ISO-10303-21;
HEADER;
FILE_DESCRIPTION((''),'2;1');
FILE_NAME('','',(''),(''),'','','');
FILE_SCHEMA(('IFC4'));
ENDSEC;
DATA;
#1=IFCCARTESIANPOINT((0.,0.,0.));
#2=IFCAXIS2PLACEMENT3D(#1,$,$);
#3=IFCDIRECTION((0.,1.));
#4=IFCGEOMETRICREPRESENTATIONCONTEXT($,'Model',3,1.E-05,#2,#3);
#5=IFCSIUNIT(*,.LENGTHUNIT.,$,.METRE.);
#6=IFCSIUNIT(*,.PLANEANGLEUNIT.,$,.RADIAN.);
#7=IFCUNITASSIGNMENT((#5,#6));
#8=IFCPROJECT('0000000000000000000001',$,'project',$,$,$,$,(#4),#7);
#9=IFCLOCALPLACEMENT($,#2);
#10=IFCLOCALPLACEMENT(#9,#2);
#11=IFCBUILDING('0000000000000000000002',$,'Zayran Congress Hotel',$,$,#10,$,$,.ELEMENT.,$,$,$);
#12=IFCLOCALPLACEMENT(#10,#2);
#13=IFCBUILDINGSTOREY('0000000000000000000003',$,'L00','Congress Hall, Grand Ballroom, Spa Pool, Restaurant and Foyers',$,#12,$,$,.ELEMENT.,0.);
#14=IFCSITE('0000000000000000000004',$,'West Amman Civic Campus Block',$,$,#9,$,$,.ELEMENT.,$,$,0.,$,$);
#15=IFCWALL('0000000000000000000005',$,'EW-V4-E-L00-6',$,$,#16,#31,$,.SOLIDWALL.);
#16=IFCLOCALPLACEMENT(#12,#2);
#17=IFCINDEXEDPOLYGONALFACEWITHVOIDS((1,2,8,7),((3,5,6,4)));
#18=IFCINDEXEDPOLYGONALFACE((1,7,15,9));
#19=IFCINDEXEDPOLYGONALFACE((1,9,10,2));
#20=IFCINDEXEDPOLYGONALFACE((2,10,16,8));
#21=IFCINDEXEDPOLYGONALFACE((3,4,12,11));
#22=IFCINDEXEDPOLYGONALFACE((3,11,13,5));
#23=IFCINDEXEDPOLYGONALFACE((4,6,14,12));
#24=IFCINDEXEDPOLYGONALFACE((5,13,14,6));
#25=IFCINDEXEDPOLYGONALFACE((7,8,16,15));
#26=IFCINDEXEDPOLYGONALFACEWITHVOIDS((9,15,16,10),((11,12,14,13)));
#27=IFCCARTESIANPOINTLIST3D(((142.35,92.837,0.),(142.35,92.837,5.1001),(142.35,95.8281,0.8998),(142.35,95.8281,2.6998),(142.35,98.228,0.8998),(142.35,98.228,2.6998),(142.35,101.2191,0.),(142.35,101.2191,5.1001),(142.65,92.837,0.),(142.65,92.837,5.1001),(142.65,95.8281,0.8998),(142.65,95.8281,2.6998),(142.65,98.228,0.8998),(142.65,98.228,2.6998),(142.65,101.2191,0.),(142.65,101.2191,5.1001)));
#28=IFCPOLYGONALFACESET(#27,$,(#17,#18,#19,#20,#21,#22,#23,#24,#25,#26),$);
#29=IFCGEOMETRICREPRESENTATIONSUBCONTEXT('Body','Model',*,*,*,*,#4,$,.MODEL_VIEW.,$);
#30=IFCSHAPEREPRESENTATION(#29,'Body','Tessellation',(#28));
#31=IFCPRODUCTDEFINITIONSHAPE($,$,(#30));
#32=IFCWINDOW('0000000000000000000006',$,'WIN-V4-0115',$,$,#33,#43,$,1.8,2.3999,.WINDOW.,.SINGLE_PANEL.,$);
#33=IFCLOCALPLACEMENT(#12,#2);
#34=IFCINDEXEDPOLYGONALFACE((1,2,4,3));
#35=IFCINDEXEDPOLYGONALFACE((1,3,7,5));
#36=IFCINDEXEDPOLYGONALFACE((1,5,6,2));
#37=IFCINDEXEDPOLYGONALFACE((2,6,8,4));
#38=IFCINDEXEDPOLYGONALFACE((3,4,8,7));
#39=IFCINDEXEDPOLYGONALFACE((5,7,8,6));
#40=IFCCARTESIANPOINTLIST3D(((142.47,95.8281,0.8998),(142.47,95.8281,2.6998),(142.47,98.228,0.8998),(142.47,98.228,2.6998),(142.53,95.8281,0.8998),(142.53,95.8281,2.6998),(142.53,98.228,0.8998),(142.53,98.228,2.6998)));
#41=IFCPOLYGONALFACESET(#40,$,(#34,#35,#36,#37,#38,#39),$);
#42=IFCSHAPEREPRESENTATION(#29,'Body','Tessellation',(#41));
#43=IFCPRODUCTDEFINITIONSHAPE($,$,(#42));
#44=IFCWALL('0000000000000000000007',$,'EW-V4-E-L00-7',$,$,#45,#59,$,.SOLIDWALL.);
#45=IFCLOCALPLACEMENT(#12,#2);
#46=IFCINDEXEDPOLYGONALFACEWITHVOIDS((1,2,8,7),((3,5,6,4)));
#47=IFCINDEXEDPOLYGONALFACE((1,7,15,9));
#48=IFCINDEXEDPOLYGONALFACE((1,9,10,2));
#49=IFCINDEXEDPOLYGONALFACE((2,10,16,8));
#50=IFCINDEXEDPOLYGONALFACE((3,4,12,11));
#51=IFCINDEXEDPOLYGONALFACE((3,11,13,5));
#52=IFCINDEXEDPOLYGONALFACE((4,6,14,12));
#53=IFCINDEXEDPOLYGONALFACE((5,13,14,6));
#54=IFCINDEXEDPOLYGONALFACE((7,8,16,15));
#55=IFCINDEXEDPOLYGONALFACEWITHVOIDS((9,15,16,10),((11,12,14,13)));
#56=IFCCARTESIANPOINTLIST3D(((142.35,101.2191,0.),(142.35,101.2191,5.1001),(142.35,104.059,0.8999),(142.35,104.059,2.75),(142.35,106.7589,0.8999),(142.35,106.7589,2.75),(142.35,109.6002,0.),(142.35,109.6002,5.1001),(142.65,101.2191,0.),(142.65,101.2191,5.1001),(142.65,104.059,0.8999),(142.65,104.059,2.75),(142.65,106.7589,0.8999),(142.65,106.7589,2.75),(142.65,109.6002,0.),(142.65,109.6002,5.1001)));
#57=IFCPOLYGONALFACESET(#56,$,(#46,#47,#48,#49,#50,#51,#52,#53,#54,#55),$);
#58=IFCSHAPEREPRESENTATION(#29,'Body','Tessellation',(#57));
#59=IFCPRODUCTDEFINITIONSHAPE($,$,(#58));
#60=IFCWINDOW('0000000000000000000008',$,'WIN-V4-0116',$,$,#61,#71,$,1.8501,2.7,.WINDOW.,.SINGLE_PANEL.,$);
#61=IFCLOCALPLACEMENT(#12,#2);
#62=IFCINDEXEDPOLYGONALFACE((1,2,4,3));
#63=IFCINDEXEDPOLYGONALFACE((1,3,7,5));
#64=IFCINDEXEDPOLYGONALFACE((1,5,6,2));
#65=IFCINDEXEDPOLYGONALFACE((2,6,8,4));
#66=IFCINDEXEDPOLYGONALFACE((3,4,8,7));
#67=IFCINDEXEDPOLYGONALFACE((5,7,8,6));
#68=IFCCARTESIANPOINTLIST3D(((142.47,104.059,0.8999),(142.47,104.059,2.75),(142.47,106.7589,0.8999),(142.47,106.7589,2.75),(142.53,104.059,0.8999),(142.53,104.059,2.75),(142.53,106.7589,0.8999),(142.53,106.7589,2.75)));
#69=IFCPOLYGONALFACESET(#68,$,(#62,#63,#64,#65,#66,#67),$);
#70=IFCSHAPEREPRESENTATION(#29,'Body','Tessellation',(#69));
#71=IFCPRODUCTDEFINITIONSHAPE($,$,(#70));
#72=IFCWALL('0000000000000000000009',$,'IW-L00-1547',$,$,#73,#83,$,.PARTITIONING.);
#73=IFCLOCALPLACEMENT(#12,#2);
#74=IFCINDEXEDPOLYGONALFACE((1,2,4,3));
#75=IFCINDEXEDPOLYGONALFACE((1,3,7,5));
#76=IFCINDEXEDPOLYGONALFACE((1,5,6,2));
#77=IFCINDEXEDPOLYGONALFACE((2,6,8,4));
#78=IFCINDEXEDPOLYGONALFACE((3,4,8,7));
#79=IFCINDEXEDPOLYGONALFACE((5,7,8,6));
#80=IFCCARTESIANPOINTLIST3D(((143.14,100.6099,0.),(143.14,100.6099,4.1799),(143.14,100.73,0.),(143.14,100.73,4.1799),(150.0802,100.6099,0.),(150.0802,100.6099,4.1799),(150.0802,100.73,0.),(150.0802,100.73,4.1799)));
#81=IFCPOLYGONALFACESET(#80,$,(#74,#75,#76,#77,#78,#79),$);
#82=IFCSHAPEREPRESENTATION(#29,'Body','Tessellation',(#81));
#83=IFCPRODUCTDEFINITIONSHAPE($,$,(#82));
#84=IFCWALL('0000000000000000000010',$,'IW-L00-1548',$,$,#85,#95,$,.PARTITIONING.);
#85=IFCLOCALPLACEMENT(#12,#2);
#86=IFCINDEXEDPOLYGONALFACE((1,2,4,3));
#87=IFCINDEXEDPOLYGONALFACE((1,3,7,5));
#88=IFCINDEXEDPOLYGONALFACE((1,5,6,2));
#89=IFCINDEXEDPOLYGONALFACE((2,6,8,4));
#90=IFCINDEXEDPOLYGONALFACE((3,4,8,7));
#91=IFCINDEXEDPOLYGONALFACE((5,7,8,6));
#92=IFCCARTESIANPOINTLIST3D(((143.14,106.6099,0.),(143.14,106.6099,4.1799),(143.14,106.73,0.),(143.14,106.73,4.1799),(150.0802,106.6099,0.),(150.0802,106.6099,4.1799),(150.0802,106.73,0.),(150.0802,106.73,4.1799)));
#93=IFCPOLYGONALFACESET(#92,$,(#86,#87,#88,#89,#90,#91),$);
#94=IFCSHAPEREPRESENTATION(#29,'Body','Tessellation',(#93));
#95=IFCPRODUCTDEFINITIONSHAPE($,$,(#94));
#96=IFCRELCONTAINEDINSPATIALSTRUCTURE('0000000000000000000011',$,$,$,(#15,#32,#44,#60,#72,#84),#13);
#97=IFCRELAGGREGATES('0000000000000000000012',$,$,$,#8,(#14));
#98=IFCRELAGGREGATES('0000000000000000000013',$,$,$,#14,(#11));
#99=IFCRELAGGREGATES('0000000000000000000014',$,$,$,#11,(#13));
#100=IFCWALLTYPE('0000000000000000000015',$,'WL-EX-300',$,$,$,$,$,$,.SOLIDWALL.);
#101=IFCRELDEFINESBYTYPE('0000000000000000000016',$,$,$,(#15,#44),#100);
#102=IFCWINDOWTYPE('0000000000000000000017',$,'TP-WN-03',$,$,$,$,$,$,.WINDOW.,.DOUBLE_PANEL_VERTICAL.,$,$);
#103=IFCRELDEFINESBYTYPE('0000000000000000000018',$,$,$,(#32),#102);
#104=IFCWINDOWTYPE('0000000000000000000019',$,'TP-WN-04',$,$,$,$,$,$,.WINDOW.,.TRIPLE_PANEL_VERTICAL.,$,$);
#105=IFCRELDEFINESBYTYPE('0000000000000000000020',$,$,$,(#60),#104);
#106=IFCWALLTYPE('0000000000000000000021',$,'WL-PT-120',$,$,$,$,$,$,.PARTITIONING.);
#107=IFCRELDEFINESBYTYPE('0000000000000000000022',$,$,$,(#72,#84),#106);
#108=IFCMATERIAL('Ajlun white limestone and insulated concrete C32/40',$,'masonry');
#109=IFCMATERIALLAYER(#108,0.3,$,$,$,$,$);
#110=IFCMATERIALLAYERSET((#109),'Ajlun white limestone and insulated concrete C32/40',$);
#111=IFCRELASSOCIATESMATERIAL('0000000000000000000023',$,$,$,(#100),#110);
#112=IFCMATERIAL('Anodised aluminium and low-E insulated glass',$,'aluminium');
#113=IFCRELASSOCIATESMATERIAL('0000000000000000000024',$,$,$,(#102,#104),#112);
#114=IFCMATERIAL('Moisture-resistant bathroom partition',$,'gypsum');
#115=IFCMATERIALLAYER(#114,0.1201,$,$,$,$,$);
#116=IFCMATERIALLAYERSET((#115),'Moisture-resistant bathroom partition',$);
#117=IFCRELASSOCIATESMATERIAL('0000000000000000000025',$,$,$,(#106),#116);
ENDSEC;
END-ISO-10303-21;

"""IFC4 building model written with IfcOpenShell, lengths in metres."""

from ifc_helpers import new_model, si_unit, direction, frame, frame_2d, origin, place, context, subcontext, project, spatial, rectangle, extrude, material, layer, layer_set, type_object, element, fill, save


model = new_model("IFC4")

# Units and contexts
model_context = context("Model", 3, precision=1e-05, world=origin(), true_north=direction((0.0, 1.0)))
body_context = subcontext(model_context, "Body", "Model", "MODEL_VIEW")
ifc_project = project(units=[si_unit("LENGTHUNIT", "METRE"), si_unit("PLANEANGLEUNIT", "RADIAN")], contexts=[model_context])

# Site, building, storey
site_placement = place(None, origin())
site = spatial("IfcSite", under=ifc_project, at=site_placement, Name="West Amman Civic Campus Block", CompositionType="ELEMENT", RefElevation=0.0)
building_placement = place(site_placement, origin())
building = spatial("IfcBuilding", under=site, at=building_placement, Name="Zayran Congress Hotel", CompositionType="ELEMENT")
storey_placement = place(building_placement, origin())
storey = spatial("IfcBuildingStorey", under=building, at=storey_placement, Name="L00", Description="Congress Hall, Grand Ballroom, Spa Pool, Restaurant and Foyers", CompositionType="ELEMENT", Elevation=0.0)

# Shared definitions
ifc_material_1 = material(Name="Anodised aluminium and low-E insulated glass", Category="aluminium")

# Walls, openings, windows
ifc_material_2 = material(Name="Ajlun white limestone and insulated concrete C32/40", Category="masonry")
ifc_layer_1 = layer(ifc_material_2, 0.3)
ifc_layer_set_1 = layer_set([ifc_layer_1], Name="Ajlun white limestone and insulated concrete C32/40")
wall_type_1 = type_object("IfcWallType", Name="WL-EX-300", PredefinedType="SOLIDWALL", material=ifc_layer_set_1)
wall_1_placement = place(storey_placement, frame((142.5, 101.219, 0.0), z_axis=(0.0, 0.0, 1.0), x_axis=(0.0, -1.0, 0.0)))
wall_1 = element("IfcWall", 1, at=wall_1_placement, inside=storey, type_object=wall_type_1, Name="EW-V4-E-L00-6", PredefinedType="SOLIDWALL", context=body_context, shape_type="SweptSolid", body=[
    extrude(rectangle(XDim=8.3821, YDim=0.3, at=frame_2d((4.1909, 0.0))), origin(), (0.0, 0.0, 1.0), 5.1001),
])
opening_1_placement = place(wall_1_placement, frame((2.991, 0.0, 0.8999)))
opening_1 = element("IfcOpeningElement", 2, at=opening_1_placement, cuts=wall_1, PredefinedType="OPENING", context=body_context, shape_type="SweptSolid", body=[
    extrude(rectangle(XDim=2.3999, YDim=1.8, at=frame_2d((1.2, 0.8999))), frame((0.0, 0.1599, 0.0), z_axis=(0.0, -1.0, 0.0), x_axis=(1.0, 0.0, 0.0)), (0.0, 0.0, 1.0), 0.3201),
])
window_type_1 = type_object("IfcWindowType", Name="TP-WN-03", PartitioningType="DOUBLE_PANEL_VERTICAL", PredefinedType="WINDOW", material=ifc_material_1)
window_1_placement = place(opening_1_placement, origin())
window_1 = element("IfcWindow", 3, at=window_1_placement, inside=storey, type_object=window_type_1, Name="WIN-V4-0115", OverallHeight=1.8, OverallWidth=2.3999, PartitioningType="SINGLE_PANEL", PredefinedType="WINDOW", context=body_context, shape_type="SweptSolid", body=[
    extrude(rectangle(XDim=2.3999, YDim=1.8, at=frame_2d((1.2, 0.8999))), frame((0.0, 0.03, 0.0), z_axis=(0.0, -1.0, 0.0), x_axis=(1.0, 0.0, 0.0)), (0.0, 0.0, 1.0), 0.0601),
])
fill(opening_1, window_1)
wall_2_placement = place(storey_placement, frame((142.5, 109.6001, 0.0), z_axis=(0.0, 0.0, 1.0), x_axis=(0.0, -1.0, 0.0)))
wall_2 = element("IfcWall", 4, at=wall_2_placement, inside=storey, type_object=wall_type_1, Name="EW-V4-E-L00-7", PredefinedType="SOLIDWALL", context=body_context, shape_type="SweptSolid", body=[
    extrude(rectangle(XDim=8.3811, YDim=0.3, at=frame_2d((4.1904, 0.0))), origin(), (0.0, 0.0, 1.0), 5.1001),
])
opening_2_placement = place(wall_2_placement, frame((2.8411, 0.0, 0.8999)))
opening_2 = element("IfcOpeningElement", 5, at=opening_2_placement, cuts=wall_2, PredefinedType="OPENING", context=body_context, shape_type="SweptSolid", body=[
    extrude(rectangle(XDim=2.7, YDim=1.8501, at=frame_2d((1.3501, 0.925))), frame((0.0, 0.1599, 0.0), z_axis=(0.0, -1.0, 0.0), x_axis=(1.0, 0.0, 0.0)), (0.0, 0.0, 1.0), 0.3201),
])
window_type_2 = type_object("IfcWindowType", Name="TP-WN-04", PartitioningType="TRIPLE_PANEL_VERTICAL", PredefinedType="WINDOW", material=ifc_material_1)
window_2_placement = place(opening_2_placement, origin())
window_2 = element("IfcWindow", 6, at=window_2_placement, inside=storey, type_object=window_type_2, Name="WIN-V4-0116", OverallHeight=1.8501, OverallWidth=2.7, PartitioningType="SINGLE_PANEL", PredefinedType="WINDOW", context=body_context, shape_type="SweptSolid", body=[
    extrude(rectangle(XDim=2.7, YDim=1.8501, at=frame_2d((1.3501, 0.925))), frame((0.0, 0.03, 0.0), z_axis=(0.0, -1.0, 0.0), x_axis=(1.0, 0.0, 0.0)), (0.0, 0.0, 1.0), 0.0601),
])
fill(opening_2, window_2)

# Walls
ifc_material_3 = material(Name="Moisture-resistant bathroom partition", Category="gypsum")
ifc_layer_2 = layer(ifc_material_3, 0.1201)
ifc_layer_set_2 = layer_set([ifc_layer_2], Name="Moisture-resistant bathroom partition")
wall_type_2 = type_object("IfcWallType", Name="WL-PT-120", PredefinedType="PARTITIONING", material=ifc_layer_set_2)
for number, where, z_axis, x_axis, name in (
    (7, (143.1399, 100.6699, 0.0), (0.0, 0.0, 1.0), (1.0, 0.0, 0.0), "IW-L00-1547"),
    (8, (143.1399, 106.6699, 0.0), (0.0, 0.0, 1.0), (1.0, 0.0, 0.0), "IW-L00-1548"),
):
    element("IfcWall", number, at=place(storey_placement, frame(where, z_axis=z_axis, x_axis=x_axis)), inside=storey, type_object=wall_type_2, Name=name, PredefinedType="PARTITIONING", context=body_context, shape_type="SweptSolid", body=[
        extrude(rectangle(XDim=6.9402, YDim=0.1201, at=frame_2d((3.4702, 0.0))), origin(), (0.0, 0.0, 1.0), 4.1799),
    ])

save(model, "model.ifc")
